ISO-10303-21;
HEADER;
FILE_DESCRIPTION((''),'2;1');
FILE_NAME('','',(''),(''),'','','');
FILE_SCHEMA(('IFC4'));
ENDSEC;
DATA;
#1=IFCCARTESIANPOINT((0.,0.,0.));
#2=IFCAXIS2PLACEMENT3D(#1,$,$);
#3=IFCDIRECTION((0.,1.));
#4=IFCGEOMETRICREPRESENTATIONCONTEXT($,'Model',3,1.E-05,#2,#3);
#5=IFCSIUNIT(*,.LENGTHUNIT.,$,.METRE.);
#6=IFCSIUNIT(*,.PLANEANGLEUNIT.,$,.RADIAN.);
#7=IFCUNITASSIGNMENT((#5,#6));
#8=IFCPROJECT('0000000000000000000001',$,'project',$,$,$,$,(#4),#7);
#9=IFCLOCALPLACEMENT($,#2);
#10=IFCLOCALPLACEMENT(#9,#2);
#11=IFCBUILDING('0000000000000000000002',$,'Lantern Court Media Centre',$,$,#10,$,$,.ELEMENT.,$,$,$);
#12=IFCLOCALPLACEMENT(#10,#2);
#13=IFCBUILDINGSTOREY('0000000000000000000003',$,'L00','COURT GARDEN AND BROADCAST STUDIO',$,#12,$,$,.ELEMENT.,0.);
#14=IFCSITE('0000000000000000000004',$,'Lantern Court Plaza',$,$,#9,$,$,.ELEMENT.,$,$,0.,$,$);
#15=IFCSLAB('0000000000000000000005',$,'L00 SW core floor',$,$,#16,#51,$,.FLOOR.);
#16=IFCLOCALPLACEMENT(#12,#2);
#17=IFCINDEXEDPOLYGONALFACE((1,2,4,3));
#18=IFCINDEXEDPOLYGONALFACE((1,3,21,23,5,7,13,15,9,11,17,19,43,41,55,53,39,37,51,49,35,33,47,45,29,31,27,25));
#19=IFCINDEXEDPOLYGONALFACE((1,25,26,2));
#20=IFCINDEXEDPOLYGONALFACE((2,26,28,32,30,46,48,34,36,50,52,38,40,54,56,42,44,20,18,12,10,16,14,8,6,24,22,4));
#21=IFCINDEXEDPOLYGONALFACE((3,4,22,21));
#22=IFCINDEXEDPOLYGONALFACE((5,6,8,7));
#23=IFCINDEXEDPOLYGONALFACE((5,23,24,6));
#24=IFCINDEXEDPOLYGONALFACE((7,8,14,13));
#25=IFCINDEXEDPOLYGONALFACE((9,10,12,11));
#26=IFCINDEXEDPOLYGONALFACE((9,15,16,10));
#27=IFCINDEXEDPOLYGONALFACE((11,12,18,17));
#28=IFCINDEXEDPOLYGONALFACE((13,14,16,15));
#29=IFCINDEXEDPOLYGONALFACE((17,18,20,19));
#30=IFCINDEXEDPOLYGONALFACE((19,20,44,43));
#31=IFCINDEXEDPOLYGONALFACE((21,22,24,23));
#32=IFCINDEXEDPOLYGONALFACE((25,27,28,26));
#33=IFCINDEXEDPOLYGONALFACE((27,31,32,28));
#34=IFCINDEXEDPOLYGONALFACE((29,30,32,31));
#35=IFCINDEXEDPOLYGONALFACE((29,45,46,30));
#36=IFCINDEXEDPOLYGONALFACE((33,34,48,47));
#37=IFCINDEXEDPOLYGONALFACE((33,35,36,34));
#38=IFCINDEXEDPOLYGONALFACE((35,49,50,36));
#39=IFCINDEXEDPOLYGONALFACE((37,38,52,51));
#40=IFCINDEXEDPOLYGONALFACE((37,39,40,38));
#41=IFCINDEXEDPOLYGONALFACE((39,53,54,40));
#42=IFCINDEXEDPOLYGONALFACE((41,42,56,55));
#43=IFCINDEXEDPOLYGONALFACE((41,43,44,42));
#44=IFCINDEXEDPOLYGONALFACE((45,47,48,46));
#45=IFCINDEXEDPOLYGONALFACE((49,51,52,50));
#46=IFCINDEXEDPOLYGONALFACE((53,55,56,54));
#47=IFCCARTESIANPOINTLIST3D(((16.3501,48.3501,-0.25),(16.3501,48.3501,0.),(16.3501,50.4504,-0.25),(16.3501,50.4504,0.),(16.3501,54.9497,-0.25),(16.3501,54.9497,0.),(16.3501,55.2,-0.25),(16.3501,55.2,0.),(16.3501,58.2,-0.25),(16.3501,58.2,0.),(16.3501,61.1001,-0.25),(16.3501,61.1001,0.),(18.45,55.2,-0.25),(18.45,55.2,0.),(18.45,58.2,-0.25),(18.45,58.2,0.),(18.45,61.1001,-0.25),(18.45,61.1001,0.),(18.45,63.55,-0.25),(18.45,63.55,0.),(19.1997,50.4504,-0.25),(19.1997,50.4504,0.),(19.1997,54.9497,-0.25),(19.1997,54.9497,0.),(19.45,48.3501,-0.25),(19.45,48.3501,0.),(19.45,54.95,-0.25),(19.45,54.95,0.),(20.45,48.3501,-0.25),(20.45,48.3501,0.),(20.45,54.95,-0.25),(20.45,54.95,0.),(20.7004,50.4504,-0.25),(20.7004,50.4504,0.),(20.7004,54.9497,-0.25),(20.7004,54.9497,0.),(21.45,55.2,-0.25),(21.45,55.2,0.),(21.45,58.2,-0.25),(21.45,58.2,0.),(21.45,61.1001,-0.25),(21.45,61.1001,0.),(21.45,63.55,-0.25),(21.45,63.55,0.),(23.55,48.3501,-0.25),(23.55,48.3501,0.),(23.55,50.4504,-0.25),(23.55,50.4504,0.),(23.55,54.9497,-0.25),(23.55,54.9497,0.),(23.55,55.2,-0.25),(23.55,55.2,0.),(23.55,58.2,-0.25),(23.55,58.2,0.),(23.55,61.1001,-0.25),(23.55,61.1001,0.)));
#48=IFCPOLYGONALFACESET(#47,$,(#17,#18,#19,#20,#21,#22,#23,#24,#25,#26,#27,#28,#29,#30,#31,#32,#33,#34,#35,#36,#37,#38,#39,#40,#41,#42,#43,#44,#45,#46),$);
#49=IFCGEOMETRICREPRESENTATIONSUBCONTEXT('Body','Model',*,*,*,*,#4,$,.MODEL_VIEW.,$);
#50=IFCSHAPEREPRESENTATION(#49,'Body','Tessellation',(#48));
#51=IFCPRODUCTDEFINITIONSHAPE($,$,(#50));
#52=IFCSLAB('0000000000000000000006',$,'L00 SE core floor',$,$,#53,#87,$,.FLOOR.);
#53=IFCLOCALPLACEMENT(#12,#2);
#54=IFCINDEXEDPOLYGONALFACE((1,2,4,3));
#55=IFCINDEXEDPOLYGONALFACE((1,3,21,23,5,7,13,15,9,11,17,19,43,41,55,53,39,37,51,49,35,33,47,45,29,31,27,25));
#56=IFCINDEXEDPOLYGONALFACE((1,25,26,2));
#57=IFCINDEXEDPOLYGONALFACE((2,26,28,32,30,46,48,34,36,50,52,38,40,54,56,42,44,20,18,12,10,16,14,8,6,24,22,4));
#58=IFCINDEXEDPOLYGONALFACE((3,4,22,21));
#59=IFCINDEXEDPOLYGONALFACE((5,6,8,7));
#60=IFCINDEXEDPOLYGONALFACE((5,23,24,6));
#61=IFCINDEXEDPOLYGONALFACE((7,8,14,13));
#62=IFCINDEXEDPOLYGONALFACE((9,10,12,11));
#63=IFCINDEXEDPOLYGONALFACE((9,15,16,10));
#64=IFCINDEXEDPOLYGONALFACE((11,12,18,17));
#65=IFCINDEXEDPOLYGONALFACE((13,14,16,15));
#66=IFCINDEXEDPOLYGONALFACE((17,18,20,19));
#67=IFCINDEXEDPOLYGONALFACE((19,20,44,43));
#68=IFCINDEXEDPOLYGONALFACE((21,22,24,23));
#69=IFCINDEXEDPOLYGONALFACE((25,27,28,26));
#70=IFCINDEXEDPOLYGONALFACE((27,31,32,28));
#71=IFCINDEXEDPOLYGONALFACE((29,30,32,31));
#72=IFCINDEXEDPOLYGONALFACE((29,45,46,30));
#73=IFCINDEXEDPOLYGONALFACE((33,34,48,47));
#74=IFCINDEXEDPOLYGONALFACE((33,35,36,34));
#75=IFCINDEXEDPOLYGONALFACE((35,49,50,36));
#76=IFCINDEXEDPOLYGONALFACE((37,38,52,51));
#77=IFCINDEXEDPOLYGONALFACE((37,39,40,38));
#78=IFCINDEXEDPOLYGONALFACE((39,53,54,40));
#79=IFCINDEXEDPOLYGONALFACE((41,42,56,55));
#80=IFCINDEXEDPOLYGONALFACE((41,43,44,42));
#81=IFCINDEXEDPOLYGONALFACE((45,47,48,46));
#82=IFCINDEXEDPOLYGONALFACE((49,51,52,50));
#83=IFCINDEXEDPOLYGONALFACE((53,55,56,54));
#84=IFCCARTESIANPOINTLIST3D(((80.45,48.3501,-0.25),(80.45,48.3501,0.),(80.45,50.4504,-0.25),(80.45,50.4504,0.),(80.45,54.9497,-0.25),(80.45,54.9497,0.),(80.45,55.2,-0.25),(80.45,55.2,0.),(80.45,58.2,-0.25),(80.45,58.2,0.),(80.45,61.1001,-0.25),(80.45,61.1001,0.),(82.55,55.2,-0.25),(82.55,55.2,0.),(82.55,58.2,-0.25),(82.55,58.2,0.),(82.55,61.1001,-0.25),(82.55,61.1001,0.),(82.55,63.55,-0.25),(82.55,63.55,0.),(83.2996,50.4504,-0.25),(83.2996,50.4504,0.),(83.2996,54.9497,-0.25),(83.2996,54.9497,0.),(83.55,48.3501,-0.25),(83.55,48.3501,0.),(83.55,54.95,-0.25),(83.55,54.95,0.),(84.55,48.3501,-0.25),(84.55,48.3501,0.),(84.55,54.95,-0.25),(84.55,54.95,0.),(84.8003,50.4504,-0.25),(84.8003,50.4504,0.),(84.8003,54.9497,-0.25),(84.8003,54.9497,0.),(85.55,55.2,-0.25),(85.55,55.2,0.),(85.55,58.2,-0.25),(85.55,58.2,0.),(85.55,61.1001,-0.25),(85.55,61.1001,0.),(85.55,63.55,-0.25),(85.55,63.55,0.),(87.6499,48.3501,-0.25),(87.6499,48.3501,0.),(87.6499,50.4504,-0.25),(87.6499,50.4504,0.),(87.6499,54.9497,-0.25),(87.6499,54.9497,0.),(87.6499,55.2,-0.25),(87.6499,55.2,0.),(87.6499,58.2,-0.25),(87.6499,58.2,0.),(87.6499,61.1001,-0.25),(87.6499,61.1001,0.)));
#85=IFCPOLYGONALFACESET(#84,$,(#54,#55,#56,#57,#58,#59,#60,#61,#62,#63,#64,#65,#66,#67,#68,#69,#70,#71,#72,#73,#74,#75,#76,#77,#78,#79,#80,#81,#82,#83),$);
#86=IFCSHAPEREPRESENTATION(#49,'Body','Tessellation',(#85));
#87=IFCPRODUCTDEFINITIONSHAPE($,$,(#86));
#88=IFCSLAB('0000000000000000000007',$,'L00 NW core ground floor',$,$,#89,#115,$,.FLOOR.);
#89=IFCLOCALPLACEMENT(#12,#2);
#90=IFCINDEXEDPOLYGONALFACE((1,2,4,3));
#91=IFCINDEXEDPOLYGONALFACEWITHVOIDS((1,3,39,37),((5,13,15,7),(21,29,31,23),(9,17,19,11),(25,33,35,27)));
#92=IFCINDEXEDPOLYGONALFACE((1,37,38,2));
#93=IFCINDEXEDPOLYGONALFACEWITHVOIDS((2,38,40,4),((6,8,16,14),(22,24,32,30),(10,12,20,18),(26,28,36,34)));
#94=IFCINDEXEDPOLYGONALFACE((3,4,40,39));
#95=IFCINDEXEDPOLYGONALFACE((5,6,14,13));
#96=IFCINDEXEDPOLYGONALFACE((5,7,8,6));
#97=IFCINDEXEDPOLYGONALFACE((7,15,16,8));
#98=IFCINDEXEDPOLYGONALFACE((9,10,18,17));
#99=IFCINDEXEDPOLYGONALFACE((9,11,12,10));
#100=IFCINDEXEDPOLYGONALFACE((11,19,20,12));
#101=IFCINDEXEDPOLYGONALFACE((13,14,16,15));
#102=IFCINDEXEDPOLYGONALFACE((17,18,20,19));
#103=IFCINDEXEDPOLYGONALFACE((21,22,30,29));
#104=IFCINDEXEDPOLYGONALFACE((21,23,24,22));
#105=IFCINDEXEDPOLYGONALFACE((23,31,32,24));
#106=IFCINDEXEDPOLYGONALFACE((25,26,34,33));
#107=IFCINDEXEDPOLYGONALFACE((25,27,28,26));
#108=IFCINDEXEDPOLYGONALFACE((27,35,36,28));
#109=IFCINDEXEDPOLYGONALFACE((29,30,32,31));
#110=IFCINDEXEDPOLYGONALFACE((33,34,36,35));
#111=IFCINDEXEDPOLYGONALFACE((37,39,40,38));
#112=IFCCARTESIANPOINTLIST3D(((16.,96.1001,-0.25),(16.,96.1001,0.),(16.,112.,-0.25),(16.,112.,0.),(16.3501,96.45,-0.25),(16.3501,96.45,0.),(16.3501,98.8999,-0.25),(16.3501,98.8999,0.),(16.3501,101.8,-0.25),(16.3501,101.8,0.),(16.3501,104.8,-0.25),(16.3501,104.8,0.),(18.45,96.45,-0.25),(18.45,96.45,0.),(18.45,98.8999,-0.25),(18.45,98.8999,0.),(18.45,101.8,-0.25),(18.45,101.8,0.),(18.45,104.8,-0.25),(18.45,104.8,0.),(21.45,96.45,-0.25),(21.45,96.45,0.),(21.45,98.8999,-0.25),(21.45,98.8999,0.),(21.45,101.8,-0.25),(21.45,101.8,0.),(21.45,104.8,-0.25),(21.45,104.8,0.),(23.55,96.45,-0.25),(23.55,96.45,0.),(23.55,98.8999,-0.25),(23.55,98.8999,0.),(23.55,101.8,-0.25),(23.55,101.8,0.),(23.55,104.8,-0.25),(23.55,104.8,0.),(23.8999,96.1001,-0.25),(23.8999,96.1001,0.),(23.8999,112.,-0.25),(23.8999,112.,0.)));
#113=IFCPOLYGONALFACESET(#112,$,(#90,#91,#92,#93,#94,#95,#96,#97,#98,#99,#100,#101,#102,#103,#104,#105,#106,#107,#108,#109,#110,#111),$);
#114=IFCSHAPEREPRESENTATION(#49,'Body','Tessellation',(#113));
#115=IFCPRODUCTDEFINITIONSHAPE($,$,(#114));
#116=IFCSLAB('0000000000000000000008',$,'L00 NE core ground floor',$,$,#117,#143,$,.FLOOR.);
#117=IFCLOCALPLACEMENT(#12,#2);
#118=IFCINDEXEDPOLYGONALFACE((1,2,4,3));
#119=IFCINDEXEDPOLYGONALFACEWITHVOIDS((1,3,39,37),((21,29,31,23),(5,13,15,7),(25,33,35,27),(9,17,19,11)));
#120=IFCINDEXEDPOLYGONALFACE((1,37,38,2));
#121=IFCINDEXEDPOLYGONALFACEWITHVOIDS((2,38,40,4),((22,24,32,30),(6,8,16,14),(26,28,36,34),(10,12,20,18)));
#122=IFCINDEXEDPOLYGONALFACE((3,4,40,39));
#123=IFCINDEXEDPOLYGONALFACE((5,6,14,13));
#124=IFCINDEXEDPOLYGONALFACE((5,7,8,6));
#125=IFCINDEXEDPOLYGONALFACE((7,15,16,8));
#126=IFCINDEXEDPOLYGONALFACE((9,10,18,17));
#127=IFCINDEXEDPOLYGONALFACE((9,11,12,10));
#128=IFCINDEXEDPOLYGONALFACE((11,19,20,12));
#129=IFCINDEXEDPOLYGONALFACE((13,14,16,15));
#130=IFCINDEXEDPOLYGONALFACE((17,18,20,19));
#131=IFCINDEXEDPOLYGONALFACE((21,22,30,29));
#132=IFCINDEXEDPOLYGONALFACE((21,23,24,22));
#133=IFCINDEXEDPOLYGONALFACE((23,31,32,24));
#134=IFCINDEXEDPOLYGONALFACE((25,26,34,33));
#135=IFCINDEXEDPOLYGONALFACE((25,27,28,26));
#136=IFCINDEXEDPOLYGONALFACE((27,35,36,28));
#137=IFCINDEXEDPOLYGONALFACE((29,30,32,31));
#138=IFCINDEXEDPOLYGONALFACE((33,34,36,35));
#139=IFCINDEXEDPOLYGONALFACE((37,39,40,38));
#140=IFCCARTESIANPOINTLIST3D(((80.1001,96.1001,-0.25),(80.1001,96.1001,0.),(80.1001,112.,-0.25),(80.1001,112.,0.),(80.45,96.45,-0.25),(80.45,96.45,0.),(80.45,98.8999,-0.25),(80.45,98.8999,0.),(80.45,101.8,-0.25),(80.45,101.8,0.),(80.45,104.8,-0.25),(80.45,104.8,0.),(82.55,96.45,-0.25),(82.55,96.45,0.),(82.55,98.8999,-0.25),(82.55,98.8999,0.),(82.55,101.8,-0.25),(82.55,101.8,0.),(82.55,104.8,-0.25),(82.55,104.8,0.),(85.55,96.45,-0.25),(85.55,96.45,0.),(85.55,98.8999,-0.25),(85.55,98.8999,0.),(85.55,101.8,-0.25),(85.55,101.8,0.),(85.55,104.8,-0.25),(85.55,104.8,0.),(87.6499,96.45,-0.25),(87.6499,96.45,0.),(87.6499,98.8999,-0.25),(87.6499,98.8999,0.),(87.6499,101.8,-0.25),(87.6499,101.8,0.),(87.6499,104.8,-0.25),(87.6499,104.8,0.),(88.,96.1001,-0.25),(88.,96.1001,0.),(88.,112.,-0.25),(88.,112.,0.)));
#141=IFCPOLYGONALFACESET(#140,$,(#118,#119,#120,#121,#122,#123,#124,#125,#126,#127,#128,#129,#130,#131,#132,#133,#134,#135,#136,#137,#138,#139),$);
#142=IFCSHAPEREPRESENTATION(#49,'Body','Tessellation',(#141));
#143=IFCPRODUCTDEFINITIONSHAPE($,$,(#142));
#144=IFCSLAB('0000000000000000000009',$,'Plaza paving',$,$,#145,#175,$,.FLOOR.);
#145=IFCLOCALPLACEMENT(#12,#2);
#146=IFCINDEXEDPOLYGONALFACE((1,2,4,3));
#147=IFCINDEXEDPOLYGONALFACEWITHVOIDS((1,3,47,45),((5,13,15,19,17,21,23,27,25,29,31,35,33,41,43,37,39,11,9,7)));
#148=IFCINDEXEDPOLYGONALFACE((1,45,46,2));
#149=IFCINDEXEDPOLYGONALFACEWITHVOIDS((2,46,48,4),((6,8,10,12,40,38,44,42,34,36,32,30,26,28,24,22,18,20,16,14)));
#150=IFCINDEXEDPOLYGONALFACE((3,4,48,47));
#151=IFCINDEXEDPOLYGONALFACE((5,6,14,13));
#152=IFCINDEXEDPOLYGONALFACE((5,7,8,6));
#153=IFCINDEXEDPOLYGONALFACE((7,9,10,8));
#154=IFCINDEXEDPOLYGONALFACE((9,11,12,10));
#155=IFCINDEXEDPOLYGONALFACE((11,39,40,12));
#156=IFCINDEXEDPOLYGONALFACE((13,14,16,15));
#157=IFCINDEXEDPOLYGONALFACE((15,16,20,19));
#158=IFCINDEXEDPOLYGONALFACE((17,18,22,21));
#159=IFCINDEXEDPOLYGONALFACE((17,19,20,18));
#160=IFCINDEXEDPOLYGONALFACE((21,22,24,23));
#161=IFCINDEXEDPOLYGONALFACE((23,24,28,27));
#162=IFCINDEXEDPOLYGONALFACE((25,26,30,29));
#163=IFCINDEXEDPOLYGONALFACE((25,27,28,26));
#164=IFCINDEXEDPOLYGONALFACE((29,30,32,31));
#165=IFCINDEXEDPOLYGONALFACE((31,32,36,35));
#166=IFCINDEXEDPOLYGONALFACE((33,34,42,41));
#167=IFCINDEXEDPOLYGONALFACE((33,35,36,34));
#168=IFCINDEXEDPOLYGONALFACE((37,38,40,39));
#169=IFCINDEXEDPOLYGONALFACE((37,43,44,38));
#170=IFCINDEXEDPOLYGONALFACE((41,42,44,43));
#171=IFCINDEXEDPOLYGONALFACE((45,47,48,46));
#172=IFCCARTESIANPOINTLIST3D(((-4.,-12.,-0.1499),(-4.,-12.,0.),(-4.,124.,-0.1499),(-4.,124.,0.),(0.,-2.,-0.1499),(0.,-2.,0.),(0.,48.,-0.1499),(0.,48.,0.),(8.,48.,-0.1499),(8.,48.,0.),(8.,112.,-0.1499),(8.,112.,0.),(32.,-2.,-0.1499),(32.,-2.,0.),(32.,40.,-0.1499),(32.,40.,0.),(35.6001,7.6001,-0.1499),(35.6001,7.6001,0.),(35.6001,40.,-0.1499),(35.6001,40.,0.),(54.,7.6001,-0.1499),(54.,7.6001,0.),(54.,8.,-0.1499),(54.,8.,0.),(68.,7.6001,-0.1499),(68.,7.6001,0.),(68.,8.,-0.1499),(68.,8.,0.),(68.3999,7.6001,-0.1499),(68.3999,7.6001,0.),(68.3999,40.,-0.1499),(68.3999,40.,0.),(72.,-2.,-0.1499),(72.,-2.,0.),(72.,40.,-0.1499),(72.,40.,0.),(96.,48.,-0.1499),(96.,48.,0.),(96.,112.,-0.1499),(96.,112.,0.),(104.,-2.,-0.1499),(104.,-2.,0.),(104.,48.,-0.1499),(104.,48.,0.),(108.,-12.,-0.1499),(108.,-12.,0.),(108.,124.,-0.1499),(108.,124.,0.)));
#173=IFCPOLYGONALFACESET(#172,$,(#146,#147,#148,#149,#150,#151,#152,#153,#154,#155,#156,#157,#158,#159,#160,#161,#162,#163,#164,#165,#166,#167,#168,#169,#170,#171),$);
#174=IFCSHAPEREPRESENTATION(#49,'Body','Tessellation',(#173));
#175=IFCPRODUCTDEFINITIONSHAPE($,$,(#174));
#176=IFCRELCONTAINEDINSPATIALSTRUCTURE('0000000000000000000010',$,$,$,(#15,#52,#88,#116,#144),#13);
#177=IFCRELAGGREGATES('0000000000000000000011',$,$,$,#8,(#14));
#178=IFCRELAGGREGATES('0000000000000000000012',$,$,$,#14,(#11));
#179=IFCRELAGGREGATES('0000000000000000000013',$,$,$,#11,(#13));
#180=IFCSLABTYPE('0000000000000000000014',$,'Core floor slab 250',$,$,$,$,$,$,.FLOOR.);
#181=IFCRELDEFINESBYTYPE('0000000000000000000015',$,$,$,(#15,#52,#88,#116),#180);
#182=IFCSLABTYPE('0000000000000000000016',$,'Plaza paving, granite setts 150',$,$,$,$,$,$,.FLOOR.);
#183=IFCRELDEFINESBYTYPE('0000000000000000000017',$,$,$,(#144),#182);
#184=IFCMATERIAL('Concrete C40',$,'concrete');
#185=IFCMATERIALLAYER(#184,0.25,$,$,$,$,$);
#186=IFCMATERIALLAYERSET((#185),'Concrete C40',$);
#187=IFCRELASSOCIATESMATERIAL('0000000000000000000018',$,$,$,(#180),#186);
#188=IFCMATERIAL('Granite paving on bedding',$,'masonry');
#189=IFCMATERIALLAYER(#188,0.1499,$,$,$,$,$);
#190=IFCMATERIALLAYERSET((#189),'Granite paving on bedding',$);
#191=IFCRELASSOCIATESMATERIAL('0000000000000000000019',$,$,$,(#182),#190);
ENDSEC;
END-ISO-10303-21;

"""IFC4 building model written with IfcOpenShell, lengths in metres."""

from ifc_helpers import new_model, si_unit, direction, frame, origin, place, context, subcontext, project, spatial, polyline, outline, extrude, material, layer, layer_set, type_object, element, save


model = new_model("IFC4")

# Units and contexts
model_context = context("Model", 3, precision=1e-05, world=origin(), true_north=direction((0.0, 1.0)))
body_context = subcontext(model_context, "Body", "Model", "MODEL_VIEW")
ifc_project = project(units=[si_unit("LENGTHUNIT", "METRE"), si_unit("PLANEANGLEUNIT", "RADIAN")], contexts=[model_context])

# Site, building, storey
site_placement = place(None, origin())
site = spatial("IfcSite", under=ifc_project, at=site_placement, Name="Lantern Court Plaza", CompositionType="ELEMENT", RefElevation=0.0)
building_placement = place(site_placement, origin())
building = spatial("IfcBuilding", under=site, at=building_placement, Name="Lantern Court Media Centre", CompositionType="ELEMENT")
storey_placement = place(building_placement, origin())
storey = spatial("IfcBuildingStorey", under=building, at=storey_placement, Name="L00", Description="COURT GARDEN AND BROADCAST STUDIO", CompositionType="ELEMENT", Elevation=0.0)

# Slabs
ifc_material_1 = material(Name="Concrete C40", Category="concrete")
ifc_layer_1 = layer(ifc_material_1, 0.25)
ifc_layer_set_1 = layer_set([ifc_layer_1], Name="Concrete C40")
slab_type_1 = type_object("IfcSlabType", Name="Core floor slab 250", PredefinedType="FLOOR", material=ifc_layer_set_1)
slab_1_placement = place(storey_placement, frame((0.0, 0.0, -0.25)))
element("IfcSlab", 1, at=slab_1_placement, inside=storey, type_object=slab_type_1, Name="L00 SW core floor", PredefinedType="FLOOR", context=body_context, shape_type="SweptSolid", body=[
    extrude(outline(polyline([(16.3501, 58.2), (16.3501, 61.1001), (18.45, 61.1001), (18.45, 63.55), (21.45, 63.55), (21.45, 61.1001), (23.55, 61.1001), (23.55, 58.2), (21.45, 58.2), (21.45, 55.2), (23.55, 55.2), (23.55, 54.9497), (20.7004, 54.9497), (20.7004, 50.4504), (23.55, 50.4504), (23.55, 48.3501), (20.45, 48.3501), (20.45, 54.95), (19.45, 54.95), (19.45, 48.3501), (16.3501, 48.3501), (16.3501, 50.4504), (19.1997, 50.4504), (19.1997, 54.9497), (16.3501, 54.9497), (16.3501, 55.2), (18.45, 55.2), (18.45, 58.2), (16.3501, 58.2)])), origin(), (0.0, 0.0, 1.0), 0.25),
])
slab_2_placement = place(storey_placement, frame((0.0, 0.0, -0.25)))
element("IfcSlab", 2, at=slab_2_placement, inside=storey, type_object=slab_type_1, Name="L00 SE core floor", PredefinedType="FLOOR", context=body_context, shape_type="SweptSolid", body=[
    extrude(outline(polyline([(87.6499, 55.2), (87.6499, 54.9497), (84.8003, 54.9497), (84.8003, 50.4504), (87.6499, 50.4504), (87.6499, 48.3501), (84.55, 48.3501), (84.55, 54.95), (83.55, 54.95), (83.55, 48.3501), (80.45, 48.3501), (80.45, 50.4504), (83.2996, 50.4504), (83.2996, 54.9497), (80.45, 54.9497), (80.45, 55.2), (82.55, 55.2), (82.55, 58.2), (80.45, 58.2), (80.45, 61.1001), (82.55, 61.1001), (82.55, 63.55), (85.55, 63.55), (85.55, 61.1001), (87.6499, 61.1001), (87.6499, 58.2), (85.55, 58.2), (85.55, 55.2), (87.6499, 55.2)])), origin(), (0.0, 0.0, 1.0), 0.25),
])
slab_3_placement = place(storey_placement, frame((0.0, 0.0, -0.25)))
element("IfcSlab", 3, at=slab_3_placement, inside=storey, type_object=slab_type_1, Name="L00 NW core ground floor", PredefinedType="FLOOR", context=body_context, shape_type="SweptSolid", body=[
    extrude(outline(polyline([(16.0, 112.0), (23.8999, 112.0), (23.8999, 96.1001), (16.0, 96.1001), (16.0, 112.0)]), holes=[polyline([(16.3501, 104.8), (18.45, 104.8), (18.45, 101.8), (16.3501, 101.8), (16.3501, 104.8)]), polyline([(21.45, 104.8), (23.55, 104.8), (23.55, 101.8), (21.45, 101.8), (21.45, 104.8)]), polyline([(16.3501, 98.8999), (18.45, 98.8999), (18.45, 96.45), (16.3501, 96.45), (16.3501, 98.8999)]), polyline([(21.45, 98.8999), (23.55, 98.8999), (23.55, 96.45), (21.45, 96.45), (21.45, 98.8999)])]), origin(), (0.0, 0.0, 1.0), 0.25),
])
slab_4_placement = place(storey_placement, frame((0.0, 0.0, -0.25)))
element("IfcSlab", 4, at=slab_4_placement, inside=storey, type_object=slab_type_1, Name="L00 NE core ground floor", PredefinedType="FLOOR", context=body_context, shape_type="SweptSolid", body=[
    extrude(outline(polyline([(88.0, 112.0), (80.1001, 112.0), (80.1001, 96.1001), (88.0, 96.1001), (88.0, 112.0)]), holes=[polyline([(87.6499, 104.8), (85.55, 104.8), (85.55, 101.8), (87.6499, 101.8), (87.6499, 104.8)]), polyline([(82.55, 104.8), (80.45, 104.8), (80.45, 101.8), (82.55, 101.8), (82.55, 104.8)]), polyline([(87.6499, 98.8999), (85.55, 98.8999), (85.55, 96.45), (87.6499, 96.45), (87.6499, 98.8999)]), polyline([(82.55, 98.8999), (80.45, 98.8999), (80.45, 96.45), (82.55, 96.45), (82.55, 98.8999)])]), origin(), (0.0, 0.0, 1.0), 0.25),
])
ifc_material_2 = material(Name="Granite paving on bedding", Category="masonry")
ifc_layer_2 = layer(ifc_material_2, 0.1499)
ifc_layer_set_2 = layer_set([ifc_layer_2], Name="Granite paving on bedding")
slab_type_2 = type_object("IfcSlabType", Name="Plaza paving, granite setts 150", PredefinedType="FLOOR", material=ifc_layer_set_2)
slab_5_placement = place(storey_placement, frame((0.0, 0.0, -0.1499)))
element("IfcSlab", 5, at=slab_5_placement, inside=storey, type_object=slab_type_2, Name="Plaza paving", PredefinedType="FLOOR", context=body_context, shape_type="SweptSolid", body=[
    extrude(outline(polyline([(-4.0, -12.0), (-4.0, 124.0), (108.0, 124.0), (108.0, -12.0), (-4.0, -12.0)]), holes=[polyline([(0.0, -2.0), (32.0, -2.0), (32.0, 40.0), (35.6001, 40.0), (35.6001, 7.6001), (54.0, 7.6001), (54.0, 8.0), (68.0, 8.0), (68.0, 7.6001), (68.3999, 7.6001), (68.3999, 40.0), (72.0, 40.0), (72.0, -2.0), (104.0, -2.0), (104.0, 48.0), (96.0, 48.0), (96.0, 112.0), (8.0, 112.0), (8.0, 48.0), (0.0, 48.0), (0.0, -2.0)])]), origin(), (0.0, 0.0, 1.0), 0.1499),
])

save(model, "model.ifc")
